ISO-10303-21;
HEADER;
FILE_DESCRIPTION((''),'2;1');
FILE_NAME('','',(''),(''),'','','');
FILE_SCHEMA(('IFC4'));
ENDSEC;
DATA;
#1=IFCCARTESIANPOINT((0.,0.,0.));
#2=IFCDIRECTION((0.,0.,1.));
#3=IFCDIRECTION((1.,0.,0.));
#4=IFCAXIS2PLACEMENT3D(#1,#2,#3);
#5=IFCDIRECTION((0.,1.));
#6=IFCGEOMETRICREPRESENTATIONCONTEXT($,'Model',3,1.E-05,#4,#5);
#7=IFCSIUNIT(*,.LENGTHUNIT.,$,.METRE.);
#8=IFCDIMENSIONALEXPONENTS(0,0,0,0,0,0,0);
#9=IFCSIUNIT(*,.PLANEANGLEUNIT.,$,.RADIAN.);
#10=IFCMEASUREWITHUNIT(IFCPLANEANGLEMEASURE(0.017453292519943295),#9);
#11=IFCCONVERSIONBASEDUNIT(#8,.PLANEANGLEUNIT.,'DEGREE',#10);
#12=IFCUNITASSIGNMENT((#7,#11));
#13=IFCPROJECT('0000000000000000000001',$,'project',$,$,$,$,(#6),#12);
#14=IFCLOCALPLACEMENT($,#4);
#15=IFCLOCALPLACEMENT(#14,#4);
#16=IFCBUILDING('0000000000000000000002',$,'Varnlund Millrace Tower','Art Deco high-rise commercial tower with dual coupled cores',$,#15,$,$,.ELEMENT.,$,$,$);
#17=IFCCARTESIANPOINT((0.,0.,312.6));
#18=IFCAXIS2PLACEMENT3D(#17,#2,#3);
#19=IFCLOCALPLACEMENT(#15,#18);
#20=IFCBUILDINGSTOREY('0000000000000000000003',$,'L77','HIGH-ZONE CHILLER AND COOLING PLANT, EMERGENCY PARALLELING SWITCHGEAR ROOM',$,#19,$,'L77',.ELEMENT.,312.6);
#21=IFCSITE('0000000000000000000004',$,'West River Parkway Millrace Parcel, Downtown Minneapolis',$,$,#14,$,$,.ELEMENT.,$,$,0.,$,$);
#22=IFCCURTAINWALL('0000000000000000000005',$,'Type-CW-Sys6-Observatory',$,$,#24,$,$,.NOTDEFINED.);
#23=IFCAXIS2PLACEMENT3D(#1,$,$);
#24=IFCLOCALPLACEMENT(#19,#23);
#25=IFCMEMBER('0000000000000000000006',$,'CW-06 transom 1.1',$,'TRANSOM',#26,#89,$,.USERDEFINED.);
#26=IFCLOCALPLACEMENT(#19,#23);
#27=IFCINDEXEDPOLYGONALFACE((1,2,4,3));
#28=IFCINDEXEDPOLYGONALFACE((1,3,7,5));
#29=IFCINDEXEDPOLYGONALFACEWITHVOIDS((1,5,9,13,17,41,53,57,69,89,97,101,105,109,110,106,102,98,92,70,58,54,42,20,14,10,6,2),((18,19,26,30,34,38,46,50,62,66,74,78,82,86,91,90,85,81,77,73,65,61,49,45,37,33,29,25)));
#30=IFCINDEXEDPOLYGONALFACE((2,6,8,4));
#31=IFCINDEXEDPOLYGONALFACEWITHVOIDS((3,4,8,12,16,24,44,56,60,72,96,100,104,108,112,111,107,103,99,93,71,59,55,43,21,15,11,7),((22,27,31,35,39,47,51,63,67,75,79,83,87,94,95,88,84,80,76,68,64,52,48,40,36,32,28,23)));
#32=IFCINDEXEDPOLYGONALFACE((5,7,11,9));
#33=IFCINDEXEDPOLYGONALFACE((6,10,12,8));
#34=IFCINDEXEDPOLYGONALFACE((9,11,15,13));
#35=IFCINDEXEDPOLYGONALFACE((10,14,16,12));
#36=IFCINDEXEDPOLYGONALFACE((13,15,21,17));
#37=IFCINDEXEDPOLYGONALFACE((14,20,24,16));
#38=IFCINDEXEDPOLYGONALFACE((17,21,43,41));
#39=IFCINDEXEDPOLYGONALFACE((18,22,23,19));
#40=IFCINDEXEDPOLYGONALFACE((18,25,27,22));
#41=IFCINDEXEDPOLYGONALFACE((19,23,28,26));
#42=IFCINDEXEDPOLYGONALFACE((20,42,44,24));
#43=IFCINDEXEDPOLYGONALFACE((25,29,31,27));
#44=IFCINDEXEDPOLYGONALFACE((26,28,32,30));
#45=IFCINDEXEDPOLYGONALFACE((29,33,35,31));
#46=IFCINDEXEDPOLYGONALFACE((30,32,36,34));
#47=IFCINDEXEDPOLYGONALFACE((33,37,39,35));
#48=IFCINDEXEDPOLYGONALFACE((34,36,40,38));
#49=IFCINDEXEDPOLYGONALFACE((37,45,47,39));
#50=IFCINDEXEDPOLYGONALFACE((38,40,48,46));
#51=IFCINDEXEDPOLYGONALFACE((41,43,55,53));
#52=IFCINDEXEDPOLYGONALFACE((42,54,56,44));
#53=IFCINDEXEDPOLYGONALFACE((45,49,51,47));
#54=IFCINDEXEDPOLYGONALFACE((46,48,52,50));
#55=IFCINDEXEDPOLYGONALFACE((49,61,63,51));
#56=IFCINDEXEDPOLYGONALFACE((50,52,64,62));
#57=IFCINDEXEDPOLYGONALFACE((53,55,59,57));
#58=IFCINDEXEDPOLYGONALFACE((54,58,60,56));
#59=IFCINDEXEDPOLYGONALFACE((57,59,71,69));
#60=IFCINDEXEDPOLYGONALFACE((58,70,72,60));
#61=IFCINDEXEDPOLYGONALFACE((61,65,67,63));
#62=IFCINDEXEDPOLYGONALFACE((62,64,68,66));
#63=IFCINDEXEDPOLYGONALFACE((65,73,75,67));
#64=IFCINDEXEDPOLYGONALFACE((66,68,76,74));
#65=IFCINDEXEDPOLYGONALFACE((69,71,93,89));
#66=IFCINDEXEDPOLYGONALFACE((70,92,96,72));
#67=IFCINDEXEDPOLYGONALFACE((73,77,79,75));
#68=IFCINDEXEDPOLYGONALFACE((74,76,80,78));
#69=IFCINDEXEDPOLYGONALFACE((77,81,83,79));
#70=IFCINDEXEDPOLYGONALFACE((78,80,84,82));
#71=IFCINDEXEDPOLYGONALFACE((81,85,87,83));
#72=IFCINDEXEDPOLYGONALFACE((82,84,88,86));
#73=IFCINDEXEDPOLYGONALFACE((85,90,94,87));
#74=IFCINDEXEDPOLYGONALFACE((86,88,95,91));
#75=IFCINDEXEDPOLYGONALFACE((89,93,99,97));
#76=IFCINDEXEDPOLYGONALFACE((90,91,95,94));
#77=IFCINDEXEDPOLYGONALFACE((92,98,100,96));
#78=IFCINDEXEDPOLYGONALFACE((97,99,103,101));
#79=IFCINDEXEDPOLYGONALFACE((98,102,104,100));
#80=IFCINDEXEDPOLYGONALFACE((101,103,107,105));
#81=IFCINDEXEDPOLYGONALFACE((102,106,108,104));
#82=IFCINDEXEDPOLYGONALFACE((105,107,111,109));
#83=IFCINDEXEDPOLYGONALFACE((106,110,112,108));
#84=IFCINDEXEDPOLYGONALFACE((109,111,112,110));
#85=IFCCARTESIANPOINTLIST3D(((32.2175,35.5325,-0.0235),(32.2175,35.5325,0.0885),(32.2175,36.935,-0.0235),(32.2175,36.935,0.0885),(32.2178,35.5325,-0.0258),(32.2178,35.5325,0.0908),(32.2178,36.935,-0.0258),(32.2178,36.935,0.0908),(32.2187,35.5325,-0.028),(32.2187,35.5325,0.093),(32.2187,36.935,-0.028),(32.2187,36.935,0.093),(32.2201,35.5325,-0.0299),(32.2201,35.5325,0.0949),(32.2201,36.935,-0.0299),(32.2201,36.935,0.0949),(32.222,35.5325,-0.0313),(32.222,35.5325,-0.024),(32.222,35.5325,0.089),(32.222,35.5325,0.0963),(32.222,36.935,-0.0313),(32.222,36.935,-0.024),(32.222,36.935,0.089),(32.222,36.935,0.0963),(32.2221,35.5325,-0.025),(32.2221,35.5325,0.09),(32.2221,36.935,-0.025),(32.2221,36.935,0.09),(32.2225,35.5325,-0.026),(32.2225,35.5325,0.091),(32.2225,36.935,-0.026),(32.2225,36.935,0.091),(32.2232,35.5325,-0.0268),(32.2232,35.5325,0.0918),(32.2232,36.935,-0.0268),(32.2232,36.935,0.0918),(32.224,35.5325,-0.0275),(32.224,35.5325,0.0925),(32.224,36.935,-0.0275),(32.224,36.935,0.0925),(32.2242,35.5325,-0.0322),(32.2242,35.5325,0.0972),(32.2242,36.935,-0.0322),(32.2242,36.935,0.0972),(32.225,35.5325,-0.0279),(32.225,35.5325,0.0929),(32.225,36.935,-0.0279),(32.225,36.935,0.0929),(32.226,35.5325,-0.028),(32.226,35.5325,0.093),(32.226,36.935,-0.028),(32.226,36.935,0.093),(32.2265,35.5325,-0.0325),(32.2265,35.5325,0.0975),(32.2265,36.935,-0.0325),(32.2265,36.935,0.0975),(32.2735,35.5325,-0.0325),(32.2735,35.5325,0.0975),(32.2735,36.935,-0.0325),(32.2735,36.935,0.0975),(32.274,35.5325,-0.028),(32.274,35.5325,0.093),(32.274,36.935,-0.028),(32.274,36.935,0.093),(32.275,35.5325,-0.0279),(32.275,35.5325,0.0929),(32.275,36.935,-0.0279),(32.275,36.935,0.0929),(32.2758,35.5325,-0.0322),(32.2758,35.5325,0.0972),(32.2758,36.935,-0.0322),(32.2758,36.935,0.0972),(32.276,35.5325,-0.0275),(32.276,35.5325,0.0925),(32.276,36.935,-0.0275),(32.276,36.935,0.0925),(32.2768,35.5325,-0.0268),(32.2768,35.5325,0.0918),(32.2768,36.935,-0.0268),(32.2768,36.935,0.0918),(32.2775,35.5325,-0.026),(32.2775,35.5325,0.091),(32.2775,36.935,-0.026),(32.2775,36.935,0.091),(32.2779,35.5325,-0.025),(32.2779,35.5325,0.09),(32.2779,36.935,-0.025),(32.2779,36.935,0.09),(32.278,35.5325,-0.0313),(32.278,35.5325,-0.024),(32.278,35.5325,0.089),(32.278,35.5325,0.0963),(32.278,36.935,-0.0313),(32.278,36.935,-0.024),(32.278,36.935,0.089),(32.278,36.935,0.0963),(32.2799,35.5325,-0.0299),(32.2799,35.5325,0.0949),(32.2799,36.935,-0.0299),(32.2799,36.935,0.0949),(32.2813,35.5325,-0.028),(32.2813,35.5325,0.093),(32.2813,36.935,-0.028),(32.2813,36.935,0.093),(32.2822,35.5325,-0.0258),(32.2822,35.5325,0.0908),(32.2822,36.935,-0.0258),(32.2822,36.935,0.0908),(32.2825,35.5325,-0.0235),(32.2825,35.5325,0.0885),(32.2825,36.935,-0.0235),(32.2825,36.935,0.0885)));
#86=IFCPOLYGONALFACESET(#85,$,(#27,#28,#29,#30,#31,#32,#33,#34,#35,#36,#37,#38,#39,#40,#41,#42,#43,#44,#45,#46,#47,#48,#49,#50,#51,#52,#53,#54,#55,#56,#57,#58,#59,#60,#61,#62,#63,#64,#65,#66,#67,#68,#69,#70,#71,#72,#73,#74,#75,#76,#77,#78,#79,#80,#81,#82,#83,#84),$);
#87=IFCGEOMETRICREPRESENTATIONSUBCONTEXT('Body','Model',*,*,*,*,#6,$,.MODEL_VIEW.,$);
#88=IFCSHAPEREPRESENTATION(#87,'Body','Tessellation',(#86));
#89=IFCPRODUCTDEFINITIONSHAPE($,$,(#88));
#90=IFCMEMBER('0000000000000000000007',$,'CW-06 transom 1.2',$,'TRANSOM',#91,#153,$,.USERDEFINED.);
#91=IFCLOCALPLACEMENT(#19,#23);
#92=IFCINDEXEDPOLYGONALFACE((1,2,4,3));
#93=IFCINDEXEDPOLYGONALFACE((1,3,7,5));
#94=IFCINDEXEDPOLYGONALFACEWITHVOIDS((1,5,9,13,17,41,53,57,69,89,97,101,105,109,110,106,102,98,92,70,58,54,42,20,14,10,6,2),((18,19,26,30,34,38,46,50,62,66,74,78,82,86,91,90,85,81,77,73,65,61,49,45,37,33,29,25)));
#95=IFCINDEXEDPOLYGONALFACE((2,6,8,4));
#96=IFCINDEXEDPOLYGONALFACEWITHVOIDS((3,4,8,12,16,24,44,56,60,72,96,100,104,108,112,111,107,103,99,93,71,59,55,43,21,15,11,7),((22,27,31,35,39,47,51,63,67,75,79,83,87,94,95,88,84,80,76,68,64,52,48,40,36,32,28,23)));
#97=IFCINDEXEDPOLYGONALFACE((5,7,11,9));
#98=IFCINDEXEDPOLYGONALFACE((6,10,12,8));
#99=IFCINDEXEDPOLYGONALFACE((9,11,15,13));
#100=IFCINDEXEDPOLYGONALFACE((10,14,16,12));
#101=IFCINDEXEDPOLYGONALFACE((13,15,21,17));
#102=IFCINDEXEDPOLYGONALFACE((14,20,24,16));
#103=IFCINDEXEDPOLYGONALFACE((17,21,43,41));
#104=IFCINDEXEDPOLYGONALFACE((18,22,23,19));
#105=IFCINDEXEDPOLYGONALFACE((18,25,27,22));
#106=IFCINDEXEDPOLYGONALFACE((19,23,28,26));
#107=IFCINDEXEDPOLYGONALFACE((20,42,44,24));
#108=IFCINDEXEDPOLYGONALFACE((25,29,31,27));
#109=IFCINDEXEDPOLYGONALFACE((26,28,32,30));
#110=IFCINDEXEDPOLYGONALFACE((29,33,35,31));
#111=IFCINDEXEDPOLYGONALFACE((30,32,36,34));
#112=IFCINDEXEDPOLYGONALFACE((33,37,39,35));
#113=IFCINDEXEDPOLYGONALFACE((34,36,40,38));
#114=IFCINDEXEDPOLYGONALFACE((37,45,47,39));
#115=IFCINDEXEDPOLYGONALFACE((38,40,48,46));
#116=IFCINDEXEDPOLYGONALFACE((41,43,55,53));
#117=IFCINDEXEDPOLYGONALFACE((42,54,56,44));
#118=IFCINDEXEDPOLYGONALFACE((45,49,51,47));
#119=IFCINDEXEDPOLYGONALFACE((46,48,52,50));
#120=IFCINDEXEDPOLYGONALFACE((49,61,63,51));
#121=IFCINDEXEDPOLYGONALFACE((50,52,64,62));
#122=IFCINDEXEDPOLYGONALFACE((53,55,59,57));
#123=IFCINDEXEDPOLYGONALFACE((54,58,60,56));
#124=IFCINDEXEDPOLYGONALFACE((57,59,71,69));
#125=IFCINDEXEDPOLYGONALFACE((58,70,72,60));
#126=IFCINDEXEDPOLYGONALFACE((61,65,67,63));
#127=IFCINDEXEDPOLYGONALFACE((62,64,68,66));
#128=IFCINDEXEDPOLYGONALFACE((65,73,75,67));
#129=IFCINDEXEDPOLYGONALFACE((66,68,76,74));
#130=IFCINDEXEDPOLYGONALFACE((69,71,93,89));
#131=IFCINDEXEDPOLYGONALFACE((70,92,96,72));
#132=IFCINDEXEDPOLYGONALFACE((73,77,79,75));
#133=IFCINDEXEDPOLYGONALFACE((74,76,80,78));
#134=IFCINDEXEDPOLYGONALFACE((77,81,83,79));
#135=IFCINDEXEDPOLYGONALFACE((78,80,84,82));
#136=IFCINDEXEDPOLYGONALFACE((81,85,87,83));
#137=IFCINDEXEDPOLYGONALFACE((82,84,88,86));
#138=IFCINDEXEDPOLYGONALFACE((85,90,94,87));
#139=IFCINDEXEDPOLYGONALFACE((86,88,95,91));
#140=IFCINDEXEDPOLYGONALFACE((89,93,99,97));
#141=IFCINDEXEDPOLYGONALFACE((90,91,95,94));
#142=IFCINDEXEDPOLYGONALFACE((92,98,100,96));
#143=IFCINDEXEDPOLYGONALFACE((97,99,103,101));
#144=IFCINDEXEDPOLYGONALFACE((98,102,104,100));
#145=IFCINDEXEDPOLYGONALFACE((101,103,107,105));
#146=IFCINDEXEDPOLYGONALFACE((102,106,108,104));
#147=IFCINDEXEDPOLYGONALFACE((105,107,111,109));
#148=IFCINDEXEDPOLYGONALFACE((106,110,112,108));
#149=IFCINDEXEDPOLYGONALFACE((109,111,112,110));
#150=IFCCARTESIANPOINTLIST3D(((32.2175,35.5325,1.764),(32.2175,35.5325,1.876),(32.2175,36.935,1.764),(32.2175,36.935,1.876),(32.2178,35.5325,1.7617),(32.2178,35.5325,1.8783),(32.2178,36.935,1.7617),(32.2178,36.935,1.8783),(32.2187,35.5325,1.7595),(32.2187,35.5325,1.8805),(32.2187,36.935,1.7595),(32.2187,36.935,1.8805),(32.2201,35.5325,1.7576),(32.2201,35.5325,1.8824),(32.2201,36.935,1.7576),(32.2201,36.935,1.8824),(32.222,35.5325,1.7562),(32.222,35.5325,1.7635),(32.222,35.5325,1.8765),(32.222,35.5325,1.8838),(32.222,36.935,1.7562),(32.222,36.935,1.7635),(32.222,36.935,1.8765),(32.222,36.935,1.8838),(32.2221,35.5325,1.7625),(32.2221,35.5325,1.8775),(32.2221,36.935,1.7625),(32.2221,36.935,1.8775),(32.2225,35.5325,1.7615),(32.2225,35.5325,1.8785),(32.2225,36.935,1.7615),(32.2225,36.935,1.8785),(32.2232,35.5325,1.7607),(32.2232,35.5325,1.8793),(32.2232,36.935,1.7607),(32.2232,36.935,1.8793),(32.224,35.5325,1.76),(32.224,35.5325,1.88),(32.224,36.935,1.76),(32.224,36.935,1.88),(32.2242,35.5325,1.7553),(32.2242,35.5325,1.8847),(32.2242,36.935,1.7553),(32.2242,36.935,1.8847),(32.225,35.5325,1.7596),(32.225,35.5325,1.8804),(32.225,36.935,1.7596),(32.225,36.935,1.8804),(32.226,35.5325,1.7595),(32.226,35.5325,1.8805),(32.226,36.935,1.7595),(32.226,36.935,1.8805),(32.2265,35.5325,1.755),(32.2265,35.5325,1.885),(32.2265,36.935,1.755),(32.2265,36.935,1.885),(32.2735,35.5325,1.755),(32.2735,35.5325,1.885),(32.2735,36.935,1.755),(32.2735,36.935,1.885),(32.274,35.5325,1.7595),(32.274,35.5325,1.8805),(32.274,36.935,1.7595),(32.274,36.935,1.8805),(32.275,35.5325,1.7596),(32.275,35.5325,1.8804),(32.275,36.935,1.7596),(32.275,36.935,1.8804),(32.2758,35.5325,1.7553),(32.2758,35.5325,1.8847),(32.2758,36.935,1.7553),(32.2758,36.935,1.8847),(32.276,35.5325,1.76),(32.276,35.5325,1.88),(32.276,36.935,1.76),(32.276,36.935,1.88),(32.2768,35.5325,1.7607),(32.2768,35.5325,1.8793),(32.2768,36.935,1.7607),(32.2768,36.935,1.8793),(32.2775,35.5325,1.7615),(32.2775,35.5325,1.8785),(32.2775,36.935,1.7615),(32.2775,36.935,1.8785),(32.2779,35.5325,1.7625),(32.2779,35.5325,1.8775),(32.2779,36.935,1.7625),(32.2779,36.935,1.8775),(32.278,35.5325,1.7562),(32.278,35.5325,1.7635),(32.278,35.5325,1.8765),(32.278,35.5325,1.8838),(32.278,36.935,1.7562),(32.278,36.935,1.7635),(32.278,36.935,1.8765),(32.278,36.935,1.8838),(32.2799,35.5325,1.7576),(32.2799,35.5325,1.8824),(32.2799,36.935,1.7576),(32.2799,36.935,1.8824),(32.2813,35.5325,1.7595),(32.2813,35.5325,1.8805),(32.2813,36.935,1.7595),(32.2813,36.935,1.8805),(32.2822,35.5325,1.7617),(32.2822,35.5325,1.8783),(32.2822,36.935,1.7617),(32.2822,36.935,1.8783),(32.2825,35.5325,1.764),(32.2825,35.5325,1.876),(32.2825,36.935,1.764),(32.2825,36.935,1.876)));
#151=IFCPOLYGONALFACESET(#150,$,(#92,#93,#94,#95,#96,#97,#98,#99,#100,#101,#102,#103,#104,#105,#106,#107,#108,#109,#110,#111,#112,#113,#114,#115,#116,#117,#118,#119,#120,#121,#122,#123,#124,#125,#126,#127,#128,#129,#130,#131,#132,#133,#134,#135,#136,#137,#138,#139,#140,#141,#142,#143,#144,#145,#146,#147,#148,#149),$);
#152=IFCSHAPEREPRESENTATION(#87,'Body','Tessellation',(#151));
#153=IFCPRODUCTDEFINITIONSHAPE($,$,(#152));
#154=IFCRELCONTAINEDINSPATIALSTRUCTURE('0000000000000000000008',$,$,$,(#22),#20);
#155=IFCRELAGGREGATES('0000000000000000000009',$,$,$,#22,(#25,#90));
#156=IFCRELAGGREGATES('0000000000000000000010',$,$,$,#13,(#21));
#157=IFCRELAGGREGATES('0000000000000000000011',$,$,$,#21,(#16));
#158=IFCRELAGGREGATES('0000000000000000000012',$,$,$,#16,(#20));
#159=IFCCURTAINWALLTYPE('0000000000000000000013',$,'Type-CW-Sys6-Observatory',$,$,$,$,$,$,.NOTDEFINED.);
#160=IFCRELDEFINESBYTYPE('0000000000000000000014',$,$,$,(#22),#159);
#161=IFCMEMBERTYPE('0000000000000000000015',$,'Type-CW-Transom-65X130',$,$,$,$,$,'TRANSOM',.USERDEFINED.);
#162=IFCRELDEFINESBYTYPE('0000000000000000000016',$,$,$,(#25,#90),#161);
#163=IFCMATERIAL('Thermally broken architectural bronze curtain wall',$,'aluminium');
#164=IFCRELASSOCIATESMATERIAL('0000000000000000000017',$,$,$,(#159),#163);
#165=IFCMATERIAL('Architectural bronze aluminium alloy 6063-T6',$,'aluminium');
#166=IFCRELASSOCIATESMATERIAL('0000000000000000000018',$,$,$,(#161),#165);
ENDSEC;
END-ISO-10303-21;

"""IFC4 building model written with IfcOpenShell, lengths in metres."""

from ifc_helpers import new_model, entity, si_unit, converted_unit, direction, frame, origin_with_axes, origin_2d_with_axis, place, context, subcontext, project, spatial, hollow_rectangle, extrude, material, material_profile, profile_set, type_object, element, aggregate, save


model = new_model("IFC4")

# Units and contexts
model_context = context("Model", 3, precision=1e-05, world=origin_with_axes(), true_north=direction((0.0, 1.0)))
body_context = subcontext(model_context, "Body", "Model", "MODEL_VIEW")
ifc_project = project(units=[si_unit("LENGTHUNIT", "METRE"), converted_unit("PLANEANGLEUNIT", "DEGREE", entity("IfcPlaneAngleMeasure", 0.017453292519943295), si_unit("PLANEANGLEUNIT", "RADIAN"), dimensions=[0, 0, 0, 0, 0, 0, 0])], contexts=[model_context])

# Site, building, storey
site_placement = place(None, origin_with_axes())
site = spatial("IfcSite", under=ifc_project, at=site_placement, Name="West River Parkway Millrace Parcel, Downtown Minneapolis", CompositionType="ELEMENT", RefElevation=0.0)
building_placement = place(site_placement, origin_with_axes())
building = spatial("IfcBuilding", under=site, at=building_placement, Name="Varnlund Millrace Tower", Description="Art Deco high-rise commercial tower with dual coupled cores", CompositionType="ELEMENT")
storey_placement = place(building_placement, frame((0.0, 0.0, 312.6), z_axis=(0.0, 0.0, 1.0), x_axis=(1.0, 0.0, 0.0)))
storey = spatial("IfcBuildingStorey", under=building, at=storey_placement, Name="L77", Description="HIGH-ZONE CHILLER AND COOLING PLANT, EMERGENCY PARALLELING SWITCHGEAR ROOM", LongName="L77", CompositionType="ELEMENT", Elevation=312.6)

# Curtain wall, members
ifc_material_1 = material(Name="Thermally broken architectural bronze curtain wall", Category="aluminium")
curtain_wall_type = type_object("IfcCurtainWallType", Name="Type-CW-Sys6-Observatory", PredefinedType="NOTDEFINED", material=ifc_material_1)
curtain_wall_1_placement = place(storey_placement, frame((32.25, 37.0, 0.0), z_axis=(0.0, 0.0, 1.0), x_axis=(1.0, 0.0, 0.0)))
curtain_wall_1 = element("IfcCurtainWall", 1, at=curtain_wall_1_placement, inside=storey, type_object=curtain_wall_type, Name="Type-CW-Sys6-Observatory", PredefinedType="NOTDEFINED")
ifc_material_2 = material(Name="Architectural bronze aluminium alloy 6063-T6", Category="aluminium")
ifc_material_profile_1 = material_profile(ifc_material_2, hollow_rectangle(XDim=0.065, YDim=0.13, WallThickness=0.0045, InnerFilletRadius=0.004, OuterFilletRadius=0.009, at=origin_2d_with_axis()), Name="Architectural bronze aluminium alloy 6063-T6")
ifc_profile_set_1 = profile_set([ifc_material_profile_1], Name="Architectural bronze aluminium alloy 6063-T6")
member_type = type_object("IfcMemberType", Name="Type-CW-Transom-65X130", ElementType="TRANSOM", PredefinedType="USERDEFINED", material=ifc_profile_set_1)
member_1_placement = place(storey_placement, frame((32.25, 36.935, 0.0325), z_axis=(0.0, -1.0, 0.0), x_axis=(1.0, 0.0, 0.0)))
member_1 = element("IfcMember", 2, at=member_1_placement, type_object=member_type, Name="CW-06 transom 1.1", ObjectType="TRANSOM", PredefinedType="USERDEFINED", context=body_context, shape_type="SweptSolid", body=[
    extrude(hollow_rectangle(XDim=0.065, YDim=0.13, WallThickness=0.0045, InnerFilletRadius=0.004, OuterFilletRadius=0.009, at=origin_2d_with_axis()), origin_with_axes(), (0.0, 0.0, 1.0), 1.4025),
])
member_2_placement = place(storey_placement, frame((32.25, 36.935, 1.82), z_axis=(0.0, -1.0, 0.0), x_axis=(1.0, 0.0, 0.0)))
member_2 = element("IfcMember", 3, at=member_2_placement, type_object=member_type, Name="CW-06 transom 1.2", ObjectType="TRANSOM", PredefinedType="USERDEFINED", context=body_context, shape_type="SweptSolid", body=[
    extrude(hollow_rectangle(XDim=0.065, YDim=0.13, WallThickness=0.0045, InnerFilletRadius=0.004, OuterFilletRadius=0.009, at=origin_2d_with_axis()), origin_with_axes(), (0.0, 0.0, 1.0), 1.4025),
])

aggregate(curtain_wall_1, [member_1, member_2])

save(model, "model.ifc")
